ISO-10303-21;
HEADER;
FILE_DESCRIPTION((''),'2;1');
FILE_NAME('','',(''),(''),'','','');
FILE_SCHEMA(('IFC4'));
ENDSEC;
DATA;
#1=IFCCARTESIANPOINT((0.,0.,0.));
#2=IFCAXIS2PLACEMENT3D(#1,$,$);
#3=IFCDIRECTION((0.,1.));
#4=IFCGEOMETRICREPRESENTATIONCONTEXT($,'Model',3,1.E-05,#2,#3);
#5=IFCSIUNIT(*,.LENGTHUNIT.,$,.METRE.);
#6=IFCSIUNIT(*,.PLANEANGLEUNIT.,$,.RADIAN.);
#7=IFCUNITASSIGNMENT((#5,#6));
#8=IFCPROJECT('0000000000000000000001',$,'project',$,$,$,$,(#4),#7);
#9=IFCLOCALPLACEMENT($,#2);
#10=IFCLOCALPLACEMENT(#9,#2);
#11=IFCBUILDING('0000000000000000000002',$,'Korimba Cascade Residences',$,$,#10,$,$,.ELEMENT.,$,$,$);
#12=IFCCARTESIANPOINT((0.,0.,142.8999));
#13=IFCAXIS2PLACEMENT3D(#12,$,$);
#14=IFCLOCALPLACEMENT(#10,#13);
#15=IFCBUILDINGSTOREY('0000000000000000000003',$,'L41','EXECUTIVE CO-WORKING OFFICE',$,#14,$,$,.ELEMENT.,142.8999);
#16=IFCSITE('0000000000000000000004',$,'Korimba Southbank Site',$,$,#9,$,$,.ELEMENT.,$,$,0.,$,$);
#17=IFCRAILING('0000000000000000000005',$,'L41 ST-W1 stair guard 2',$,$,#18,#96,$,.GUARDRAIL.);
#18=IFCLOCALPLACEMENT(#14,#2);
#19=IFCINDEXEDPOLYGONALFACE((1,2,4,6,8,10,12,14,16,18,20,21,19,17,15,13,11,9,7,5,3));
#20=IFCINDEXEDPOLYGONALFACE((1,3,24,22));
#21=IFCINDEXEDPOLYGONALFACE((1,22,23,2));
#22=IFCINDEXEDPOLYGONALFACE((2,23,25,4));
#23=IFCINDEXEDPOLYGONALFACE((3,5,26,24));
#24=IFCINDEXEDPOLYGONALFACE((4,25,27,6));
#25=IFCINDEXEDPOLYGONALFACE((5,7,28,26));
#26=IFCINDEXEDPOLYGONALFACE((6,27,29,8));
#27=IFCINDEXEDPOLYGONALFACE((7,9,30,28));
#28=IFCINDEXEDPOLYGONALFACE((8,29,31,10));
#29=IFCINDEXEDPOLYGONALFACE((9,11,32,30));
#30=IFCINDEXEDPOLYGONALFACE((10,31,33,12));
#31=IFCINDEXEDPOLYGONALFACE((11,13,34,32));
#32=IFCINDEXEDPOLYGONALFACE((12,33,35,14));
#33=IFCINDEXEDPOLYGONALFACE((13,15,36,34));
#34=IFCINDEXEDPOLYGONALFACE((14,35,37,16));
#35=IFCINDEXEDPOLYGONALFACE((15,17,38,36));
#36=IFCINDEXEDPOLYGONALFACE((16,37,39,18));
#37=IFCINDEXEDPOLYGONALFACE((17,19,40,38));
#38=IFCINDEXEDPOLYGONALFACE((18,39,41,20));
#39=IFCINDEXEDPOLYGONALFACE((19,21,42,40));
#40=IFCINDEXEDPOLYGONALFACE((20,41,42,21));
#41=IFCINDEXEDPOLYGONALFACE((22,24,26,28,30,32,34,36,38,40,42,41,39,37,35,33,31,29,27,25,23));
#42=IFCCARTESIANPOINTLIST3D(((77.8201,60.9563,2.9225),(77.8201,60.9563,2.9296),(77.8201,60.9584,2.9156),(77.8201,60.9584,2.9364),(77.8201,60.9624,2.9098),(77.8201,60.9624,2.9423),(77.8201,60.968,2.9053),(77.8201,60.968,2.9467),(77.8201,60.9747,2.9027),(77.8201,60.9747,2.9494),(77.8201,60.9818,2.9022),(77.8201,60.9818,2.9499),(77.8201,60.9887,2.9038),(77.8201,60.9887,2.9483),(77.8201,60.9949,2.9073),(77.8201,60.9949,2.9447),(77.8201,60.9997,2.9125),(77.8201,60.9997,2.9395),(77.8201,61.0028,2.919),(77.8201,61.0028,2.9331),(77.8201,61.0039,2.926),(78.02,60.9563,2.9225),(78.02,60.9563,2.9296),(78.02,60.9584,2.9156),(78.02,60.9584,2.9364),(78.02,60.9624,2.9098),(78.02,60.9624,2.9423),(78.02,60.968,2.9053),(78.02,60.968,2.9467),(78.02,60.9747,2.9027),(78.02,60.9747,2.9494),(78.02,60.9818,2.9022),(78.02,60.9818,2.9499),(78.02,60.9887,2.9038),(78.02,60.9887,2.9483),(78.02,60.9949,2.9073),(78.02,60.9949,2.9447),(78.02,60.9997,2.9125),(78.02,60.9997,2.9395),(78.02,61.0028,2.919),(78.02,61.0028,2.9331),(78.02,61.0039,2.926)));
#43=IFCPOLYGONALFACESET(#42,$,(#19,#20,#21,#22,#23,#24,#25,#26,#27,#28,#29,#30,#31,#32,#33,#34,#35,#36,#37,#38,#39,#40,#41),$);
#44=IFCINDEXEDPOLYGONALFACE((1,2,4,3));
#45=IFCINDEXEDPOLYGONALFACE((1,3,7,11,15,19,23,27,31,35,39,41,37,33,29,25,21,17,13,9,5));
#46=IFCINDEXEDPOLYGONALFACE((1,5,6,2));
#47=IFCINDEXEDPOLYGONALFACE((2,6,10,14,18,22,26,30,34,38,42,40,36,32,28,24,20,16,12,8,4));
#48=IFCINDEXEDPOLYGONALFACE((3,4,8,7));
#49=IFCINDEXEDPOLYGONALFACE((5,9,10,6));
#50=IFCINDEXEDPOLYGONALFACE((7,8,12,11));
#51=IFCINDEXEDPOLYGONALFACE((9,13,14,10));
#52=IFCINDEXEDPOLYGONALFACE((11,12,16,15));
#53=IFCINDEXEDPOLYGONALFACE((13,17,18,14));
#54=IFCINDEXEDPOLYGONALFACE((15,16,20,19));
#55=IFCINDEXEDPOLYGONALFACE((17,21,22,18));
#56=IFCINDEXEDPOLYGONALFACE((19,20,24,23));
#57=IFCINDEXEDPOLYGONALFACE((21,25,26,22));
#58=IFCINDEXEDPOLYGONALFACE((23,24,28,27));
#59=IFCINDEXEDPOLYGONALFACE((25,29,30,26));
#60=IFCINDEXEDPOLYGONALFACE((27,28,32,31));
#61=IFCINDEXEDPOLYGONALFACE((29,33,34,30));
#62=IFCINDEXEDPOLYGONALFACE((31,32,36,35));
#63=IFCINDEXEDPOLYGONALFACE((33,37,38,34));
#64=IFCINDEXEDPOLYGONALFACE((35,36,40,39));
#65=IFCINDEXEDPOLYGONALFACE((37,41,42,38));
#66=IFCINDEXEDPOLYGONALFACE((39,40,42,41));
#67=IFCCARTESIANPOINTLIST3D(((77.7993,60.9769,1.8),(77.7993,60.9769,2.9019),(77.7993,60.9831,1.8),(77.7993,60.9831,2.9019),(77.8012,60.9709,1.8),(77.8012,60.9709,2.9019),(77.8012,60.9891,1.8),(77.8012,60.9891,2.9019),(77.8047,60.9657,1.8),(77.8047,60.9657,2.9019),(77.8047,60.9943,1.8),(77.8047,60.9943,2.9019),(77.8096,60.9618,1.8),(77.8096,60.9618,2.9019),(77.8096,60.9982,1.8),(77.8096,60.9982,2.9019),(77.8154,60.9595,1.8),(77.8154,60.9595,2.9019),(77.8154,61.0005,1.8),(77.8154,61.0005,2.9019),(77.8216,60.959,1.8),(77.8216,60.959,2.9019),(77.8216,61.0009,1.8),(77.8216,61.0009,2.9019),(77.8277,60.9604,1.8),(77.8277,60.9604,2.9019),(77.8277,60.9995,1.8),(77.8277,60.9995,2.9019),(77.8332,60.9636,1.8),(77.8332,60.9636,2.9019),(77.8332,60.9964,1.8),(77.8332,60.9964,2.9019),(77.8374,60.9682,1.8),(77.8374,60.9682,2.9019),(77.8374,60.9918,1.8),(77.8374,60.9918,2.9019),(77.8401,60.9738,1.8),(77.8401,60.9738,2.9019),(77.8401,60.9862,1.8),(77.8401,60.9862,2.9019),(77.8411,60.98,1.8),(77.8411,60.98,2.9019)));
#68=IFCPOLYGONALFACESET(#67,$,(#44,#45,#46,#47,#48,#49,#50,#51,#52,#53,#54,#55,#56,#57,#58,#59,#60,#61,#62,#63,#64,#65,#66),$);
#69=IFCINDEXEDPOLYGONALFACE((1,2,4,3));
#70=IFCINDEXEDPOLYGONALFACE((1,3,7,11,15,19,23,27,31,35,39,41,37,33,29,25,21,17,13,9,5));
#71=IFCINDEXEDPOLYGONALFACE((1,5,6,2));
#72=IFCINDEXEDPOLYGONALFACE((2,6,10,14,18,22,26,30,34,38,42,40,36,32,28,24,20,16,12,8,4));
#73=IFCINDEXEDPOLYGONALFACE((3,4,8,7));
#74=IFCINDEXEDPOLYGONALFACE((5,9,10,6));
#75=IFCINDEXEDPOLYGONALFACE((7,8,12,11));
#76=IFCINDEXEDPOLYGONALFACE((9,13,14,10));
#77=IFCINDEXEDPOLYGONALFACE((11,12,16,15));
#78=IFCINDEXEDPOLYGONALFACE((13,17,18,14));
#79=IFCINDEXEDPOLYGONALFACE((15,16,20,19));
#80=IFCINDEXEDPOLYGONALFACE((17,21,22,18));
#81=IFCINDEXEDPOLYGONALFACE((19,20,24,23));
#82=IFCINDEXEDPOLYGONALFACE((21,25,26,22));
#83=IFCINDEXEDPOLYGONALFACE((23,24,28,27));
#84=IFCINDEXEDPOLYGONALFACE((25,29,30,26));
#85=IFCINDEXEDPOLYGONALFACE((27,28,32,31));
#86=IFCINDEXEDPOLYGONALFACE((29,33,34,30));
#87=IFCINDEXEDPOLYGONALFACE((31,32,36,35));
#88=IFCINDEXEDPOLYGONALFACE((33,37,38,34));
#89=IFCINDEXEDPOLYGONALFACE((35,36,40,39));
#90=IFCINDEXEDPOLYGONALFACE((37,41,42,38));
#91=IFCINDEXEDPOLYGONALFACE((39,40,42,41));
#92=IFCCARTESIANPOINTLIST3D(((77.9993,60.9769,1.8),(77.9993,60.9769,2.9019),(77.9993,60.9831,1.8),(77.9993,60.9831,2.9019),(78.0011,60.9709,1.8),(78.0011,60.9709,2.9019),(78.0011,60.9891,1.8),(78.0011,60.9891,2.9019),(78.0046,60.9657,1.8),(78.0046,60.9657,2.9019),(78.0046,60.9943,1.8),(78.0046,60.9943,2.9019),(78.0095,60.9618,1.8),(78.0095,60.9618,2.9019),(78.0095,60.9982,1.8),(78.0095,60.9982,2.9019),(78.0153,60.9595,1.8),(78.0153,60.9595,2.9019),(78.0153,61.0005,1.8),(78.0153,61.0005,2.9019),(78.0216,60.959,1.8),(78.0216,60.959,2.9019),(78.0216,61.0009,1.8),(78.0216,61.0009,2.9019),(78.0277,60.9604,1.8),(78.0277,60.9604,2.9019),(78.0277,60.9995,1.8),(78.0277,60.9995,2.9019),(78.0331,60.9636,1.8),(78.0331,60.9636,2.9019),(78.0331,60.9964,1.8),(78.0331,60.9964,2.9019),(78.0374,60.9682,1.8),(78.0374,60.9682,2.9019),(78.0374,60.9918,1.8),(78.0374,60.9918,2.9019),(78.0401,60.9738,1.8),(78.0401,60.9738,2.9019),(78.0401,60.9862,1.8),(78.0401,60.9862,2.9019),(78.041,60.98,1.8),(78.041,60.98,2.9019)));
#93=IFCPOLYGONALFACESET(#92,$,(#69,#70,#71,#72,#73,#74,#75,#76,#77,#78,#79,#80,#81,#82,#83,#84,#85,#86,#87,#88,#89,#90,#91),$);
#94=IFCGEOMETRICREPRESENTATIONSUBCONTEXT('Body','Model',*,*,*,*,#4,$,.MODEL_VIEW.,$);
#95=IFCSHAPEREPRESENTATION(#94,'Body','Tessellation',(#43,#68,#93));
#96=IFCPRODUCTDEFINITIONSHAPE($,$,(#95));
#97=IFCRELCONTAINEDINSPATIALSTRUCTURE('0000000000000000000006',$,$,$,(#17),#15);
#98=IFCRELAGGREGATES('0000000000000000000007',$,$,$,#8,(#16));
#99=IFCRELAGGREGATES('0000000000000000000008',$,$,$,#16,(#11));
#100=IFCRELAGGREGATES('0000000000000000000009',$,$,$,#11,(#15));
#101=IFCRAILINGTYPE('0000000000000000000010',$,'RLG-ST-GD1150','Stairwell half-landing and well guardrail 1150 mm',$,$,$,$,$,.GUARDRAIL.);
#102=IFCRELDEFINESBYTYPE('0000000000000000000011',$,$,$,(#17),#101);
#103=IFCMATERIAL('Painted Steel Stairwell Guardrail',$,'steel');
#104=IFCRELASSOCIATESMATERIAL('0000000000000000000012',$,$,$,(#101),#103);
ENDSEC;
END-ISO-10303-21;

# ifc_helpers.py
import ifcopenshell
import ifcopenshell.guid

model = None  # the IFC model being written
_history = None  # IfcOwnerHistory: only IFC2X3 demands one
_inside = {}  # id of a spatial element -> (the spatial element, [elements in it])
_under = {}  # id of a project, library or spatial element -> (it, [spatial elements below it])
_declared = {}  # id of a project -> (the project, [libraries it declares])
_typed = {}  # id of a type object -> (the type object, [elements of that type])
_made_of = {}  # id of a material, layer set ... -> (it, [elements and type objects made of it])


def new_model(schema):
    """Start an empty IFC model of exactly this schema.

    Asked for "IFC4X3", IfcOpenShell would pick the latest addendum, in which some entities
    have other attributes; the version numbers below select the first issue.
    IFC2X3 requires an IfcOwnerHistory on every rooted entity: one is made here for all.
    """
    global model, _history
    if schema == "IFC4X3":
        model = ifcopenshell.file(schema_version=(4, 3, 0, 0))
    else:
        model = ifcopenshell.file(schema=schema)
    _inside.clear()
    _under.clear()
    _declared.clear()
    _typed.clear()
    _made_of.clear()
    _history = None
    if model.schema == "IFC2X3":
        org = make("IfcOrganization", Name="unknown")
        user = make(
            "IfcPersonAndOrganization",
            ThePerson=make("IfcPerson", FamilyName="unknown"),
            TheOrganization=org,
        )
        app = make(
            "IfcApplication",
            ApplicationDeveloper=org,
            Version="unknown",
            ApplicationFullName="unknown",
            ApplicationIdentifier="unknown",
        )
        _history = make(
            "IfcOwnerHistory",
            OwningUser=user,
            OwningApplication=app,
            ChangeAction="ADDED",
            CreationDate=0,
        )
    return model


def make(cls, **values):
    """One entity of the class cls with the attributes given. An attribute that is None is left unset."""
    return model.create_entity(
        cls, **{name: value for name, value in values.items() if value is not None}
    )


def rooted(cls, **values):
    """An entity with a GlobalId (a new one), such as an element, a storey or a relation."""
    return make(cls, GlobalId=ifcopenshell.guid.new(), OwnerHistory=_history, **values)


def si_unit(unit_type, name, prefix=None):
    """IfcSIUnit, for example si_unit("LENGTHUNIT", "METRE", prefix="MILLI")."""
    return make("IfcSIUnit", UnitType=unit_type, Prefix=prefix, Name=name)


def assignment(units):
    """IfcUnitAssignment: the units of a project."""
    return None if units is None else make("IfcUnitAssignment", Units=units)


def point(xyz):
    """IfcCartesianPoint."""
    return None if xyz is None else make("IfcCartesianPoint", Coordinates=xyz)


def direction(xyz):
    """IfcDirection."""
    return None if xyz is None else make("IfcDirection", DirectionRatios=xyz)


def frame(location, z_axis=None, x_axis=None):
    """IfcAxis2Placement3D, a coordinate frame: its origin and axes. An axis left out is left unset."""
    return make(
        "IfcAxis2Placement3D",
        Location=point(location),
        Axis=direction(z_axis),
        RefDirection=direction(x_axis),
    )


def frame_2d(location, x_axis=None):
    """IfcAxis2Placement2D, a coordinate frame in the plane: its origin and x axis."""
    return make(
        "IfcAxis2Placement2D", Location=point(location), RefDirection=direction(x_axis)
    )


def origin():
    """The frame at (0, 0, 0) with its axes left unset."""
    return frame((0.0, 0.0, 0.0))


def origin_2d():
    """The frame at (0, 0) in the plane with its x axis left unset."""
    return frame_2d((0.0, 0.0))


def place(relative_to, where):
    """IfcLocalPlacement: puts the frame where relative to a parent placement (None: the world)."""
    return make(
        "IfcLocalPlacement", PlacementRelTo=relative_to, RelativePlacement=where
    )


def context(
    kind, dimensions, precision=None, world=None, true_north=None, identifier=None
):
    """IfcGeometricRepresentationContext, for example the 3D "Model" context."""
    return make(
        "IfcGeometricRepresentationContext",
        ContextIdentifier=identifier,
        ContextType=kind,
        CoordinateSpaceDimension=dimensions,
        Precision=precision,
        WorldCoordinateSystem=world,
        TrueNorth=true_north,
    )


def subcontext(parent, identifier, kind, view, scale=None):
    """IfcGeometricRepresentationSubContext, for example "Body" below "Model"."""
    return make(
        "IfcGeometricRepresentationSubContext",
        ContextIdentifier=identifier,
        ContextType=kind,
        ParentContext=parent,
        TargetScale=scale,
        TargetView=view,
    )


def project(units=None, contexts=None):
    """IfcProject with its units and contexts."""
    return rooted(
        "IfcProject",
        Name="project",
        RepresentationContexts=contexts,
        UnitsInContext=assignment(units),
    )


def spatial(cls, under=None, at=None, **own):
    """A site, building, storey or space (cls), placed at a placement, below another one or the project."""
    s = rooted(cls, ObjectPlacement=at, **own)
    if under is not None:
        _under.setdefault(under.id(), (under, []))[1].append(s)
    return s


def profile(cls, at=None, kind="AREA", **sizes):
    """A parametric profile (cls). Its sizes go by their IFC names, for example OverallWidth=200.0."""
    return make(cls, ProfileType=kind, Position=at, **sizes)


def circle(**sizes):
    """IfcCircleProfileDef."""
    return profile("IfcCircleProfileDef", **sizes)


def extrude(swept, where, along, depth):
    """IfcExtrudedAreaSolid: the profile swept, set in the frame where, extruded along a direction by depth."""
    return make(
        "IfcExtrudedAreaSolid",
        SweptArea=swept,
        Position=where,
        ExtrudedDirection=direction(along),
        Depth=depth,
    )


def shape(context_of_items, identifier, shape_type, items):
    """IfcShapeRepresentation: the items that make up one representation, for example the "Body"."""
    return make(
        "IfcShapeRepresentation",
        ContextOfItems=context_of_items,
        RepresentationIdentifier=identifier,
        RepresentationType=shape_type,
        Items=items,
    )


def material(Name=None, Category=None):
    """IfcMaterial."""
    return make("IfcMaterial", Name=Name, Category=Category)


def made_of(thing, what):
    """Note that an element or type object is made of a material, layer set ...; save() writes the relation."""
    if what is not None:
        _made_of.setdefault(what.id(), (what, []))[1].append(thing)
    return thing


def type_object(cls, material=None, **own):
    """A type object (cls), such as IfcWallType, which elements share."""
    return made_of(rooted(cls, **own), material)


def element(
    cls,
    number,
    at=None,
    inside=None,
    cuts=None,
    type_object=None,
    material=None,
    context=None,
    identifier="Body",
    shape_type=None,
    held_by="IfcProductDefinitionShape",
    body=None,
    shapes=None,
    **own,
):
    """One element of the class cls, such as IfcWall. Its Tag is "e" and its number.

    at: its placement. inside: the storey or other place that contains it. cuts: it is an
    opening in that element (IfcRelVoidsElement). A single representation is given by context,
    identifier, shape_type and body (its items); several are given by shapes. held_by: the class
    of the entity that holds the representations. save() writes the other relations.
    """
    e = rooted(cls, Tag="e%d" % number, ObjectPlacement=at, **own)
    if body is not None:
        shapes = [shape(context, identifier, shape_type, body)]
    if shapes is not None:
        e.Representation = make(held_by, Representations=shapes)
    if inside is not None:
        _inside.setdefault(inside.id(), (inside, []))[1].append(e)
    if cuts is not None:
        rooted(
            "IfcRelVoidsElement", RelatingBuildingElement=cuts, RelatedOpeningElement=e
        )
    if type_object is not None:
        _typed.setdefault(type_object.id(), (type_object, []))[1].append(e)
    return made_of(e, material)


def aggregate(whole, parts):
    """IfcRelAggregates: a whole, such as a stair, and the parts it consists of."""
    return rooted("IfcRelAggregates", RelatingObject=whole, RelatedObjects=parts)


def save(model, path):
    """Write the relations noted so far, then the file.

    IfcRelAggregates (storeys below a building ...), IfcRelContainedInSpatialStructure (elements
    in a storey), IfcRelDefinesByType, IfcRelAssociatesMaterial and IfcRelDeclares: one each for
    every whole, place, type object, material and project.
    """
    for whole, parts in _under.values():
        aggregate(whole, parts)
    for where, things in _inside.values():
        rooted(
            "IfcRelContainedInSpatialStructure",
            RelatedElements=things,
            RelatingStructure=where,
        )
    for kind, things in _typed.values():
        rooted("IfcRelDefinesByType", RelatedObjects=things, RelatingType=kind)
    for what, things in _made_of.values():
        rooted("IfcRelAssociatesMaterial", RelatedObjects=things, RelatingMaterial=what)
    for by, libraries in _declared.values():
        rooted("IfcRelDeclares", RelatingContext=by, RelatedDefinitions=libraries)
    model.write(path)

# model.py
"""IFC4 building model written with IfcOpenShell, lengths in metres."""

from ifc_helpers import new_model, si_unit, direction, frame, origin, origin_2d, place, context, subcontext, project, spatial, circle, extrude, material, type_object, element, save


model = new_model("IFC4")

# Units and contexts
model_context = context("Model", 3, precision=1e-05, world=origin(), true_north=direction((0.0, 1.0)))
body_context = subcontext(model_context, "Body", "Model", "MODEL_VIEW")
ifc_project = project(units=[si_unit("LENGTHUNIT", "METRE"), si_unit("PLANEANGLEUNIT", "RADIAN")], contexts=[model_context])

# Site, building, storey
site_placement = place(None, origin())
site = spatial("IfcSite", under=ifc_project, at=site_placement, Name="Korimba Southbank Site", CompositionType="ELEMENT", RefElevation=0.0)
building_placement = place(site_placement, origin())
building = spatial("IfcBuilding", under=site, at=building_placement, Name="Korimba Cascade Residences", CompositionType="ELEMENT")
storey_placement = place(building_placement, frame((0.0, 0.0, 142.8999)))
storey = spatial("IfcBuildingStorey", under=building, at=storey_placement, Name="L41", Description="EXECUTIVE CO-WORKING OFFICE", CompositionType="ELEMENT", Elevation=142.8999)

# Railing
ifc_material_1 = material(Name="Painted Steel Stairwell Guardrail", Category="steel")
railing_type_1 = type_object("IfcRailingType", Name="RLG-ST-GD1150", Description="Stairwell half-landing and well guardrail 1150 mm", PredefinedType="GUARDRAIL", material=ifc_material_1)
railing_1_placement = place(storey_placement, frame((77.8201, 60.98, 1.8)))
element("IfcRailing", 1, at=railing_1_placement, inside=storey, type_object=railing_type_1, Name="L41 ST-W1 stair guard 2", PredefinedType="GUARDRAIL", context=body_context, shape_type="SweptSolid", body=[
    extrude(circle(Radius=0.0239, at=origin_2d()), frame((0.0, 0.0, 1.126), z_axis=(1.0, 0.0, 0.0), x_axis=(0.0, 1.0, 0.0)), (0.0, 0.0, 1.0), 0.2),
    extrude(circle(Radius=0.021, at=origin_2d()), origin(), (0.0, 0.0, 1.0), 1.1018),
    extrude(circle(Radius=0.021, at=origin_2d()), frame((0.2, 0.0, 0.0)), (0.0, 0.0, 1.0), 1.1018),
])

save(model, "model.ifc")
